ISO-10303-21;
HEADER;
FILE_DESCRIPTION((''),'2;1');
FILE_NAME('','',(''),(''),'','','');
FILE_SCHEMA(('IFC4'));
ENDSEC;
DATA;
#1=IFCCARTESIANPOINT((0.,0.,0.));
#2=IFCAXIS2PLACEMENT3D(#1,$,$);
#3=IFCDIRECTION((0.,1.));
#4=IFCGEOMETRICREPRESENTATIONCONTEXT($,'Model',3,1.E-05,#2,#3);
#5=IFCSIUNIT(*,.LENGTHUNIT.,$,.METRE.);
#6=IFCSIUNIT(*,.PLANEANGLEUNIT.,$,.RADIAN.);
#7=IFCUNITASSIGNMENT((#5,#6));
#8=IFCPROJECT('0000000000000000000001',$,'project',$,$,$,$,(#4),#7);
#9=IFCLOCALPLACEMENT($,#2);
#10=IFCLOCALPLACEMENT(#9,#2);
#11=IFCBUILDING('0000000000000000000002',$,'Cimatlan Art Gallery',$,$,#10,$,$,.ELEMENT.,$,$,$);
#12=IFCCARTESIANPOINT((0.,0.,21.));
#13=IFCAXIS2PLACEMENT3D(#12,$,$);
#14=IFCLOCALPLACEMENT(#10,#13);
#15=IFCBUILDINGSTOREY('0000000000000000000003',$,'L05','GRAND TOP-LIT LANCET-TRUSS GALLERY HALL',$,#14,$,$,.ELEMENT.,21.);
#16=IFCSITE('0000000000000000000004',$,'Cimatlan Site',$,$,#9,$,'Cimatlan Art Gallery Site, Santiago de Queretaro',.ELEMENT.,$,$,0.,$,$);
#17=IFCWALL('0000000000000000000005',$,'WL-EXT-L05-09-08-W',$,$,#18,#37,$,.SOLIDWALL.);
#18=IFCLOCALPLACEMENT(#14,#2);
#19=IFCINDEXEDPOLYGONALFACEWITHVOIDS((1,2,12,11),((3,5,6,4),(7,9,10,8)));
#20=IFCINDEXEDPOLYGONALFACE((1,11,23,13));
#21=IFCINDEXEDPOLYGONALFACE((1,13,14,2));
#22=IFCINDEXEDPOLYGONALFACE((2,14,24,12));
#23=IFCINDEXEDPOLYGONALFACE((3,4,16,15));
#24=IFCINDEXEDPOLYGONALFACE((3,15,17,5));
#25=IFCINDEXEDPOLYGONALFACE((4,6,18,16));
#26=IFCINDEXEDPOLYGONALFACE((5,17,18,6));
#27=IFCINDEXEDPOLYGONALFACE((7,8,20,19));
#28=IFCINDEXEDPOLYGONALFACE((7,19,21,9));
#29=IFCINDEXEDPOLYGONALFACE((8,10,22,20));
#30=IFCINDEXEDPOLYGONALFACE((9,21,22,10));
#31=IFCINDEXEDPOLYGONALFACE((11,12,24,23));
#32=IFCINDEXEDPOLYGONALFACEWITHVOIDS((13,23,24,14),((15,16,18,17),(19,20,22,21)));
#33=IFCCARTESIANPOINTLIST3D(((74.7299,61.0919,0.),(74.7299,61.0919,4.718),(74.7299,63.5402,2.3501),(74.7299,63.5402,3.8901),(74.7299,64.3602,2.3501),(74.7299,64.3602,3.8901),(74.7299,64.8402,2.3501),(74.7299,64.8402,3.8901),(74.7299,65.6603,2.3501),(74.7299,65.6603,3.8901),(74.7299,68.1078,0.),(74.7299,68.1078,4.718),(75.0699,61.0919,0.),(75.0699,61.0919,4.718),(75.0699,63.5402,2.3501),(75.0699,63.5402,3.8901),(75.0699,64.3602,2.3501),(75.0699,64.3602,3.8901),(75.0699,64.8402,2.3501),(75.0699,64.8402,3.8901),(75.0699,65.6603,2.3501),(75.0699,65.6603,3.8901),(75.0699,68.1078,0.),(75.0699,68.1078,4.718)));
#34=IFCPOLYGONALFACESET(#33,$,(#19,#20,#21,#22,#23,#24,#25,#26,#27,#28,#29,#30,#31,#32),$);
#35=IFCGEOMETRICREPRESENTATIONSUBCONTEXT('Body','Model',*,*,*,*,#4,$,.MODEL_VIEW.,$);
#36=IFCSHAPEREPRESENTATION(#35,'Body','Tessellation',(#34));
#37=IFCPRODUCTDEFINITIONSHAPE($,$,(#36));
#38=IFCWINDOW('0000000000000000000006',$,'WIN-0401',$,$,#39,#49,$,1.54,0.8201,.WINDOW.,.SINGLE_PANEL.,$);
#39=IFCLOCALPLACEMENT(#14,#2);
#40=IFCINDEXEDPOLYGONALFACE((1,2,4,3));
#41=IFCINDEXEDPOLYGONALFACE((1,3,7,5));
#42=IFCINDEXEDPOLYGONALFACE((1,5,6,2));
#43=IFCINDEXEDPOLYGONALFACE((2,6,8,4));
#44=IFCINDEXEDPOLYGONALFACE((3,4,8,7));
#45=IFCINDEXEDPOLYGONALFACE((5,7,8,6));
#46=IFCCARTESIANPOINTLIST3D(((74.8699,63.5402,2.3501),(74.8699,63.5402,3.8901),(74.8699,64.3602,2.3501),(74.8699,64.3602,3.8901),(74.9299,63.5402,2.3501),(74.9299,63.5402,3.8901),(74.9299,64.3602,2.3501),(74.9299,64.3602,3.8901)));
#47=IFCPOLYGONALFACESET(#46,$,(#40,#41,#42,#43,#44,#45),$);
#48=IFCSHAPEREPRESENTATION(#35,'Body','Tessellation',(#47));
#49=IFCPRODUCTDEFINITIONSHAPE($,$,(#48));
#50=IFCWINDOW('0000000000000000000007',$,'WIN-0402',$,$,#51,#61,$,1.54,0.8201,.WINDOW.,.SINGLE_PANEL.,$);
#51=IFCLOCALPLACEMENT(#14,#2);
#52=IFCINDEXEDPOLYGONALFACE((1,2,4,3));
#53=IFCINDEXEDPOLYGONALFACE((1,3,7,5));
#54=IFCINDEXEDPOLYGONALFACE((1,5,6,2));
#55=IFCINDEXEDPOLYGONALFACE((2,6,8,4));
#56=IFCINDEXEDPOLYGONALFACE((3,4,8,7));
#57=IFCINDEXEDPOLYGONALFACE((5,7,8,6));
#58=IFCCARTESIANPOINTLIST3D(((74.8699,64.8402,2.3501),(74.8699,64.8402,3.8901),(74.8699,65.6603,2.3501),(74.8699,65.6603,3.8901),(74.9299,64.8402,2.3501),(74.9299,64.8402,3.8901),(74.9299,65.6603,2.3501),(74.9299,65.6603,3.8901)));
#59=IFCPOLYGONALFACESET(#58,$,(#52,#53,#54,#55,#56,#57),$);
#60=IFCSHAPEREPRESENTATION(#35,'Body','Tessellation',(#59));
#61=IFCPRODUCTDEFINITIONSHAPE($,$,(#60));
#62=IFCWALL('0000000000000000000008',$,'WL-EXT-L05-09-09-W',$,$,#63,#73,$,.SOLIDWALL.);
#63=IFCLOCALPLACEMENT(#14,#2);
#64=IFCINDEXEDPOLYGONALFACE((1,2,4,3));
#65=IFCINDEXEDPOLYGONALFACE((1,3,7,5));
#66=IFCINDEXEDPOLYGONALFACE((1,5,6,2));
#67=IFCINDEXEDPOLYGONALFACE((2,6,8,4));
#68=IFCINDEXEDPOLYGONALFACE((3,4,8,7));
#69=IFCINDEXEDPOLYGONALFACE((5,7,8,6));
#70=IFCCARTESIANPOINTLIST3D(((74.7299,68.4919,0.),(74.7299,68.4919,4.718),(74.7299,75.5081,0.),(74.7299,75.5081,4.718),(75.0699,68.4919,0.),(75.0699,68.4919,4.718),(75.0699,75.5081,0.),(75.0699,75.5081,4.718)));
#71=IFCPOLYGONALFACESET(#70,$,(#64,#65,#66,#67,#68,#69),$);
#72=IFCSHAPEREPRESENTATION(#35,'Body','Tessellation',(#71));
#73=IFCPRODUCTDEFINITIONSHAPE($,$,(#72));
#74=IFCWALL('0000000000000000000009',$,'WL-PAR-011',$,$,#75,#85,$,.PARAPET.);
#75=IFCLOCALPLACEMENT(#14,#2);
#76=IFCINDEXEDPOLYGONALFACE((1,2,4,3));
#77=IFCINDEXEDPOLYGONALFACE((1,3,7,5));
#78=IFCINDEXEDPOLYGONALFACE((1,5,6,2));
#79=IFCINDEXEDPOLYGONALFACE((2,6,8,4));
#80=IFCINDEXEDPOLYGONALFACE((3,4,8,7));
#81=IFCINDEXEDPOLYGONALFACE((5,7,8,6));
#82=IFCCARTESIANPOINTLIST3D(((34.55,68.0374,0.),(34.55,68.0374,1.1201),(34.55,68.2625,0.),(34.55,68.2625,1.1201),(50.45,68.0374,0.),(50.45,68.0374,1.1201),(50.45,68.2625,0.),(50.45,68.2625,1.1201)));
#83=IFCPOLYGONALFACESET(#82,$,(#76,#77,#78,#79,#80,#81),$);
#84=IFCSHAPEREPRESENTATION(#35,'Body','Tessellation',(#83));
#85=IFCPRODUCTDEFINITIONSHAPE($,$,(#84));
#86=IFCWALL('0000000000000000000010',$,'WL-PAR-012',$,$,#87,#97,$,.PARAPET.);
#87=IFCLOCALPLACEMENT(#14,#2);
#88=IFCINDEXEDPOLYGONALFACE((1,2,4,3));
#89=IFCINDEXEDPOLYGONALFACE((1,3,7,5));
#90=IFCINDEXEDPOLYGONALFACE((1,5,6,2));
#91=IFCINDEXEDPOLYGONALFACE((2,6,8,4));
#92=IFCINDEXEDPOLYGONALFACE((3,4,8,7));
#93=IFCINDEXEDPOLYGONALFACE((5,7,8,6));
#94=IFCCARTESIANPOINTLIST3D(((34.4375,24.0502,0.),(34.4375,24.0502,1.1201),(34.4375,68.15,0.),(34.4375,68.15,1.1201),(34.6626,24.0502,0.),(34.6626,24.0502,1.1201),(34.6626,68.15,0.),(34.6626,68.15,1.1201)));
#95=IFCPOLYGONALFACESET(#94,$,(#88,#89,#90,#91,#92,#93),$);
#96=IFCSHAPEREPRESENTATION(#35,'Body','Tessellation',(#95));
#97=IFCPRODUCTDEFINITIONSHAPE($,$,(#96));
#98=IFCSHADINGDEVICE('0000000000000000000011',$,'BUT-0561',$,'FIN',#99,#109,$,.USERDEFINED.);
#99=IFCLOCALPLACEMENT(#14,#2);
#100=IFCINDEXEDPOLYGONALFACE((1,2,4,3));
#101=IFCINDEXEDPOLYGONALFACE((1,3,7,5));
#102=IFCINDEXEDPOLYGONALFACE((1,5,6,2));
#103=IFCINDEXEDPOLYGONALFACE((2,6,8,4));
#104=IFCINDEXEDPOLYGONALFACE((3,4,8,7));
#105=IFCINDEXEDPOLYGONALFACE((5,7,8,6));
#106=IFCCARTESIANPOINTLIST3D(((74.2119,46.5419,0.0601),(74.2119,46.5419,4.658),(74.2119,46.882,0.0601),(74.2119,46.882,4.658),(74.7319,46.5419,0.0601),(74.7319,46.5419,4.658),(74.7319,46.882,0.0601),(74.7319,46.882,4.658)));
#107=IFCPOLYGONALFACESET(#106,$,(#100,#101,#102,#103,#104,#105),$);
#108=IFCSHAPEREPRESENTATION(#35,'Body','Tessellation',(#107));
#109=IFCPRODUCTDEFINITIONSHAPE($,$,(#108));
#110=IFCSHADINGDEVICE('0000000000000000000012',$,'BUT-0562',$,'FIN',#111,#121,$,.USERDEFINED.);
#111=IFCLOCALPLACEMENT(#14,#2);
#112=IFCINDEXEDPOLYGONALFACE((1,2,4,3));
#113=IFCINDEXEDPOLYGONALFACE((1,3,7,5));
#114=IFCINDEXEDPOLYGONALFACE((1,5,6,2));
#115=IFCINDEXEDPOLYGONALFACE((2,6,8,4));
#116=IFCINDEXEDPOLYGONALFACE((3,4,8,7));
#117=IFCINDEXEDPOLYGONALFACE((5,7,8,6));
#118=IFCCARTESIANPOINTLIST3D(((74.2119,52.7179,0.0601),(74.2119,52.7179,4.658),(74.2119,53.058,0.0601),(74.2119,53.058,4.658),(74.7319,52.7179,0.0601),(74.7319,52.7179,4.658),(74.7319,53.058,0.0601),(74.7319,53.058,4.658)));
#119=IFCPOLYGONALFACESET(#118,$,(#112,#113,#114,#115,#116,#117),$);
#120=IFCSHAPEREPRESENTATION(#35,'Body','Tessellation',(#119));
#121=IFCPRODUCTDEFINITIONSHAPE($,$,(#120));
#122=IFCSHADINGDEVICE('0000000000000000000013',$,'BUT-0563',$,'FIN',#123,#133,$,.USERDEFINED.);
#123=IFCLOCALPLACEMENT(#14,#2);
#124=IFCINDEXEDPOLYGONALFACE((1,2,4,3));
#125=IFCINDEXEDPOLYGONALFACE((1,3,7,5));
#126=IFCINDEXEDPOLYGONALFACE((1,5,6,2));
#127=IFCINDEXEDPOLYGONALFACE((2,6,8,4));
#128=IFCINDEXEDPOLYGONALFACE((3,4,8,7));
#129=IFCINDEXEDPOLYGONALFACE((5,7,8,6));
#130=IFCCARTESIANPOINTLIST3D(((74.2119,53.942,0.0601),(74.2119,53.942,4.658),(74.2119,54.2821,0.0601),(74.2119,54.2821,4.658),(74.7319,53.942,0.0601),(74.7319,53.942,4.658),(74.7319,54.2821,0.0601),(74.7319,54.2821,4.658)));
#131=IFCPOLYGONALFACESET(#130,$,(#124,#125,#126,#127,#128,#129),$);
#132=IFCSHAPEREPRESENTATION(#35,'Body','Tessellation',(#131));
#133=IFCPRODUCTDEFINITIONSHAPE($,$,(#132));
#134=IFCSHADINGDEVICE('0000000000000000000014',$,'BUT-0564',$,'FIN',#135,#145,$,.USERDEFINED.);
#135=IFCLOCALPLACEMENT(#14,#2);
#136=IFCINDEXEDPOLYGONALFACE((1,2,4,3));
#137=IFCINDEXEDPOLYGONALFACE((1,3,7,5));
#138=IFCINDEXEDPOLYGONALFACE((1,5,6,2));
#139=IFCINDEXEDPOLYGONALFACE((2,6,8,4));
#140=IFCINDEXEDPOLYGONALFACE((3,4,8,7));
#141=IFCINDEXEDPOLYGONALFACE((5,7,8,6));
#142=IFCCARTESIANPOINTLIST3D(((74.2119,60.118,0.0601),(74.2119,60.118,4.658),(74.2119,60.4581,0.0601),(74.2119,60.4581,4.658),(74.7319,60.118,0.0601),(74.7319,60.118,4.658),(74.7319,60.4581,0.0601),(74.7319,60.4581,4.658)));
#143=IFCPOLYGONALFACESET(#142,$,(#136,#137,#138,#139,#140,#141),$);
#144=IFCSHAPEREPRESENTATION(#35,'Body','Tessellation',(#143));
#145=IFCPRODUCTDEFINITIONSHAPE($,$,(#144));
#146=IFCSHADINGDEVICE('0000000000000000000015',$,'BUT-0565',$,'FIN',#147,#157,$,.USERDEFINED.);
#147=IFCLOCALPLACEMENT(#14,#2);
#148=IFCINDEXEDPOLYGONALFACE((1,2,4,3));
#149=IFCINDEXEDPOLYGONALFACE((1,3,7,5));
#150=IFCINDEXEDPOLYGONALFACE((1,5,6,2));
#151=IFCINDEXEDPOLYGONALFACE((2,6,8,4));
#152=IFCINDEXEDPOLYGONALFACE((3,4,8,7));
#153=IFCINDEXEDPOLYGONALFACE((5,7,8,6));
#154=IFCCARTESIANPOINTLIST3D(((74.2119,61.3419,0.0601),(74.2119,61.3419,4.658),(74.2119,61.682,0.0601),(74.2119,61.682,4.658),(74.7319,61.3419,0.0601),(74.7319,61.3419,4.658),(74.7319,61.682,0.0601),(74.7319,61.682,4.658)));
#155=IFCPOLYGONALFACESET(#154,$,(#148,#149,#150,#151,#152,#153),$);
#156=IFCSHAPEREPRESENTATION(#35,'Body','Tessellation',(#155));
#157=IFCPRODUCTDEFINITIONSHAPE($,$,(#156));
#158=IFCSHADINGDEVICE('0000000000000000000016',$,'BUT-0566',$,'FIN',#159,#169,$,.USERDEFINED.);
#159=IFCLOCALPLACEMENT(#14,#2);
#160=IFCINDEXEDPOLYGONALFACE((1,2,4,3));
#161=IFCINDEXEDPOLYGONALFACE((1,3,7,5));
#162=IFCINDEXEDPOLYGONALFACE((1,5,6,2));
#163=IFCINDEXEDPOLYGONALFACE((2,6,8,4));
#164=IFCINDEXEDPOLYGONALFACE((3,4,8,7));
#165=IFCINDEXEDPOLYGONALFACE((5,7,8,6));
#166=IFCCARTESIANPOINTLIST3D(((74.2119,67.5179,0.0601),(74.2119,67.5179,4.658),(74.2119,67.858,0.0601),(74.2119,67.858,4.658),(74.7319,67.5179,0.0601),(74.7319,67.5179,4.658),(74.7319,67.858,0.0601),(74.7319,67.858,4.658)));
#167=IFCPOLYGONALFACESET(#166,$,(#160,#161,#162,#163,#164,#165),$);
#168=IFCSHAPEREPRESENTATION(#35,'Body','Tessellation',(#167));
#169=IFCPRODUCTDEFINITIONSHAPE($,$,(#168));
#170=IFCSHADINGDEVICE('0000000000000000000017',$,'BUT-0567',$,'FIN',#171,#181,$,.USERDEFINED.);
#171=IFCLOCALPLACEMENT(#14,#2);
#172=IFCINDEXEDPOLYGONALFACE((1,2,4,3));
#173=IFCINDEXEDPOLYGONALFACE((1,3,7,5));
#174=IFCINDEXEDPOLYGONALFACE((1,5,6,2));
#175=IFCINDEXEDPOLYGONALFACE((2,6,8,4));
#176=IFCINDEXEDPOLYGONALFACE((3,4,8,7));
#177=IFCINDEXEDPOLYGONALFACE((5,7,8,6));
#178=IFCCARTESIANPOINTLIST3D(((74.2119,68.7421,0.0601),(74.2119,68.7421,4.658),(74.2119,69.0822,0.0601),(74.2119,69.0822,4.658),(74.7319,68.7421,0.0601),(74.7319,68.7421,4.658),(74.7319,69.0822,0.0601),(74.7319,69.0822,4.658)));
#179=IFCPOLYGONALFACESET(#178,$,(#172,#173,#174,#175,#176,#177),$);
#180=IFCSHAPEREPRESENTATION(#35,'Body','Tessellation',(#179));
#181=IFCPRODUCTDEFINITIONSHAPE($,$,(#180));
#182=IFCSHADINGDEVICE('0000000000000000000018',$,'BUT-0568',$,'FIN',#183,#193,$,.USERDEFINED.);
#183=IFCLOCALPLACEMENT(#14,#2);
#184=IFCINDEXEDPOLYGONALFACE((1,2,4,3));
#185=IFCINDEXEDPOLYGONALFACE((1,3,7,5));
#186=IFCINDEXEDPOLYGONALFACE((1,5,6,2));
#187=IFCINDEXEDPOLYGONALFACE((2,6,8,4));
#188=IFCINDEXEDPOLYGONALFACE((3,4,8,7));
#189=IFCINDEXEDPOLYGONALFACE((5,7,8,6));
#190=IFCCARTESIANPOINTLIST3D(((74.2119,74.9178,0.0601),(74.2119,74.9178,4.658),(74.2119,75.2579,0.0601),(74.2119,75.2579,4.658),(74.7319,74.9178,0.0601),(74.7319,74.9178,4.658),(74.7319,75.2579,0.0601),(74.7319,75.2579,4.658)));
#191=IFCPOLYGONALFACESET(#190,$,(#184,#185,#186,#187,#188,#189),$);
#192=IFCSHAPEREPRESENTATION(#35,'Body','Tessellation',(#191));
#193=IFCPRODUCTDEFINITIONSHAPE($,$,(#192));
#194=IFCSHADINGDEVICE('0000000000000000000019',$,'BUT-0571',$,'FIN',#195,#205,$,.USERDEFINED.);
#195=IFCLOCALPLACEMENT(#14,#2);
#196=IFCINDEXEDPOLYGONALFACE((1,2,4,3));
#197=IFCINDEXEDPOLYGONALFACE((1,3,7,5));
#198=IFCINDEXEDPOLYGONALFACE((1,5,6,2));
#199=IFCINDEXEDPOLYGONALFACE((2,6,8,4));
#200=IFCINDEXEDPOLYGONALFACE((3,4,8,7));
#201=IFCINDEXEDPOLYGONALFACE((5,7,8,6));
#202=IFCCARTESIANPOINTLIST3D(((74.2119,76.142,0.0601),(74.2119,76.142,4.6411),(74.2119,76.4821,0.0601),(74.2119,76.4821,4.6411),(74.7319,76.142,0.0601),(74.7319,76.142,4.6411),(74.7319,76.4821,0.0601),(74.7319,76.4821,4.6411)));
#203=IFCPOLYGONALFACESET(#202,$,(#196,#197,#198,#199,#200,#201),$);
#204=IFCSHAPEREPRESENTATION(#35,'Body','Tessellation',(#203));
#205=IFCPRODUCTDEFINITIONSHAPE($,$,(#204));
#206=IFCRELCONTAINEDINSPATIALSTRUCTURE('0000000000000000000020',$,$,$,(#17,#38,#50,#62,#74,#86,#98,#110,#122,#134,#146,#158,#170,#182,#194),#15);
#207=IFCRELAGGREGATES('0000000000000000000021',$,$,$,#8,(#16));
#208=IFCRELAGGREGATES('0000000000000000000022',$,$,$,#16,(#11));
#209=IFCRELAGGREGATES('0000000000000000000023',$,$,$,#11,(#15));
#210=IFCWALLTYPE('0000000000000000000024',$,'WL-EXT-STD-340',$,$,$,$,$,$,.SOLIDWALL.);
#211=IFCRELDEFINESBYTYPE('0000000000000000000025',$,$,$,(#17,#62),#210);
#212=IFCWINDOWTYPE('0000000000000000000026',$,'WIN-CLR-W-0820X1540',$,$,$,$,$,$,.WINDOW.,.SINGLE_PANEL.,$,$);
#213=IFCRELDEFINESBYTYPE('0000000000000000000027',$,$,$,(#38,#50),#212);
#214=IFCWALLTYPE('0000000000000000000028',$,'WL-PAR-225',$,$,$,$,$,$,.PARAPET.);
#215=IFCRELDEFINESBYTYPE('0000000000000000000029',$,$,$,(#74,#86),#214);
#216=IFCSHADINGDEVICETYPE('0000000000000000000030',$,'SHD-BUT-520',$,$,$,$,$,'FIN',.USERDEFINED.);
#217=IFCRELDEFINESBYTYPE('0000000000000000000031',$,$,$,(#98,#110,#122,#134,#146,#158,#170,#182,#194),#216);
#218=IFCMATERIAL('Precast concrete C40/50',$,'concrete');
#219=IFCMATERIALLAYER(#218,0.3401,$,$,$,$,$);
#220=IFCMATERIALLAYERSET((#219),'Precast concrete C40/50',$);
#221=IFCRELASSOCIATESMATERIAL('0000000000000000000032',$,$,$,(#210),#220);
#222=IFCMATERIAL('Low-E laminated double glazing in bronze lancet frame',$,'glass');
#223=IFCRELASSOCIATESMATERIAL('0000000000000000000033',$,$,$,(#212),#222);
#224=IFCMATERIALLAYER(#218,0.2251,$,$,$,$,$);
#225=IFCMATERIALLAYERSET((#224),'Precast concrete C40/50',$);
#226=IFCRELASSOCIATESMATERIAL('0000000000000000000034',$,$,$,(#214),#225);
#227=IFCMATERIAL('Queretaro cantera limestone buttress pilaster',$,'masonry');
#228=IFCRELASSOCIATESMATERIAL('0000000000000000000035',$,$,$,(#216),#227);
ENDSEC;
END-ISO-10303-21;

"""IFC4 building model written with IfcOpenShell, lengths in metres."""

from ifc_helpers import new_model, si_unit, direction, frame, frame_2d, origin, origin_2d, place, context, subcontext, project, spatial, rectangle, extrude, material, layer, layer_set, type_object, element, fill, save


model = new_model("IFC4")

# Units and contexts
model_context = context("Model", 3, precision=1e-05, world=origin(), true_north=direction((0.0, 1.0)))
body_context = subcontext(model_context, "Body", "Model", "MODEL_VIEW")
ifc_project = project(units=[si_unit("LENGTHUNIT", "METRE"), si_unit("PLANEANGLEUNIT", "RADIAN")], contexts=[model_context])

# Site, building, storey
site_placement = place(None, origin())
site = spatial("IfcSite", under=ifc_project, at=site_placement, Name="Cimatlan Site", LongName="Cimatlan Art Gallery Site, Santiago de Queretaro", CompositionType="ELEMENT", RefElevation=0.0)
building_placement = place(site_placement, origin())
building = spatial("IfcBuilding", under=site, at=building_placement, Name="Cimatlan Art Gallery", CompositionType="ELEMENT")
storey_placement = place(building_placement, frame((0.0, 0.0, 21.0)))
storey = spatial("IfcBuildingStorey", under=building, at=storey_placement, Name="L05", Description="GRAND TOP-LIT LANCET-TRUSS GALLERY HALL", CompositionType="ELEMENT", Elevation=21.0)

# Shared definitions
ifc_material_1 = material(Name="Precast concrete C40/50", Category="concrete")
ifc_layer_1 = layer(ifc_material_1, 0.3401)
ifc_layer_set_1 = layer_set([ifc_layer_1], Name="Precast concrete C40/50")
wall_type_1 = type_object("IfcWallType", Name="WL-EXT-STD-340", PredefinedType="SOLIDWALL", material=ifc_layer_set_1)

# Wall, openings, windows
wall_1_placement = place(storey_placement, frame((74.8999, 61.092, 0.0), z_axis=(0.0, 0.0, 1.0), x_axis=(0.0, 1.0, 0.0)))
wall_1 = element("IfcWall", 1, at=wall_1_placement, inside=storey, type_object=wall_type_1, Name="WL-EXT-L05-09-08-W", PredefinedType="SOLIDWALL", context=body_context, shape_type="SweptSolid", body=[
    extrude(rectangle(XDim=7.0159, YDim=0.3401, at=frame_2d((3.5078, 0.0))), origin(), (0.0, 0.0, 1.0), 4.718),
])
opening_1_placement = place(wall_1_placement, frame((2.448, 0.0, 2.3501)))
opening_1 = element("IfcOpeningElement", 2, at=opening_1_placement, cuts=wall_1, PredefinedType="OPENING", context=body_context, shape_type="SweptSolid", body=[
    extrude(rectangle(XDim=0.8201, YDim=1.54, at=frame_2d((0.4102, 0.77))), frame((0.0, 0.1802, 0.0), z_axis=(0.0, -1.0, 0.0), x_axis=(1.0, 0.0, 0.0)), (0.0, 0.0, 1.0), 0.3601),
])
opening_2_placement = place(wall_1_placement, frame((3.748, 0.0, 2.3501)))
opening_2 = element("IfcOpeningElement", 3, at=opening_2_placement, cuts=wall_1, PredefinedType="OPENING", context=body_context, shape_type="SweptSolid", body=[
    extrude(rectangle(XDim=0.8201, YDim=1.54, at=frame_2d((0.4102, 0.77))), frame((0.0, 0.1802, 0.0), z_axis=(0.0, -1.0, 0.0), x_axis=(1.0, 0.0, 0.0)), (0.0, 0.0, 1.0), 0.3601),
])
ifc_material_2 = material(Name="Low-E laminated double glazing in bronze lancet frame", Category="glass")
window_type = type_object("IfcWindowType", Name="WIN-CLR-W-0820X1540", PartitioningType="SINGLE_PANEL", PredefinedType="WINDOW", material=ifc_material_2)
window_1_placement = place(opening_1_placement, origin())
window_1 = element("IfcWindow", 4, at=window_1_placement, inside=storey, type_object=window_type, Name="WIN-0401", OverallHeight=1.54, OverallWidth=0.8201, PartitioningType="SINGLE_PANEL", PredefinedType="WINDOW", context=body_context, shape_type="SweptSolid", body=[
    extrude(rectangle(XDim=0.8201, YDim=1.54, at=frame_2d((0.4102, 0.77))), frame((0.0, 0.03, 0.0), z_axis=(0.0, -1.0, 0.0), x_axis=(1.0, 0.0, 0.0)), (0.0, 0.0, 1.0), 0.0601),
])
fill(opening_1, window_1)
window_2_placement = place(opening_2_placement, origin())
window_2 = element("IfcWindow", 5, at=window_2_placement, inside=storey, type_object=window_type, Name="WIN-0402", OverallHeight=1.54, OverallWidth=0.8201, PartitioningType="SINGLE_PANEL", PredefinedType="WINDOW", context=body_context, shape_type="SweptSolid", body=[
    extrude(rectangle(XDim=0.8201, YDim=1.54, at=frame_2d((0.4102, 0.77))), frame((0.0, 0.03, 0.0), z_axis=(0.0, -1.0, 0.0), x_axis=(1.0, 0.0, 0.0)), (0.0, 0.0, 1.0), 0.0601),
])
fill(opening_2, window_2)

# Walls
wall_2_placement = place(storey_placement, frame((74.8999, 68.4919, 0.0), z_axis=(0.0, 0.0, 1.0), x_axis=(0.0, 1.0, 0.0)))
element("IfcWall", 6, at=wall_2_placement, inside=storey, type_object=wall_type_1, Name="WL-EXT-L05-09-09-W", PredefinedType="SOLIDWALL", context=body_context, shape_type="SweptSolid", body=[
    extrude(rectangle(XDim=7.0161, YDim=0.3401, at=frame_2d((3.5081, 0.0))), origin(), (0.0, 0.0, 1.0), 4.718),
])
ifc_layer_2 = layer(ifc_material_1, 0.2251)
ifc_layer_set_2 = layer_set([ifc_layer_2], Name="Precast concrete C40/50")
wall_type_2 = type_object("IfcWallType", Name="WL-PAR-225", PredefinedType="PARAPET", material=ifc_layer_set_2)
wall_3_placement = place(storey_placement, frame((50.45, 68.1499, 0.0), z_axis=(0.0, 0.0, 1.0), x_axis=(-1.0, 0.0, 0.0)))
element("IfcWall", 7, at=wall_3_placement, inside=storey, type_object=wall_type_2, Name="WL-PAR-011", PredefinedType="PARAPET", context=body_context, shape_type="SweptSolid", body=[
    extrude(rectangle(XDim=15.8999, YDim=0.2251, at=frame_2d((7.95, 0.0))), origin(), (0.0, 0.0, 1.0), 1.1201),
])
wall_4_placement = place(storey_placement, frame((34.55, 68.1499, 0.0), z_axis=(0.0, 0.0, 1.0), x_axis=(0.0, -1.0, 0.0)))
element("IfcWall", 8, at=wall_4_placement, inside=storey, type_object=wall_type_2, Name="WL-PAR-012", PredefinedType="PARAPET", context=body_context, shape_type="SweptSolid", body=[
    extrude(rectangle(XDim=44.0999, YDim=0.2251, at=frame_2d((22.0498, 0.0))), origin(), (0.0, 0.0, 1.0), 1.1201),
])

# Shading devices
ifc_material_3 = material(Name="Queretaro cantera limestone buttress pilaster", Category="masonry")
shading_device_type = type_object("IfcShadingDeviceType", Name="SHD-BUT-520", ElementType="FIN", PredefinedType="USERDEFINED", material=ifc_material_3)
for number, where, z_axis, x_axis, name in (
    (9, (74.4719, 46.7119, 0.0601), (0.0, 0.0, 1.0), (0.0, 1.0, 0.0), "BUT-0561"),
    (10, (74.4719, 52.8879, 0.0601), (0.0, 0.0, 1.0), (0.0, 1.0, 0.0), "BUT-0562"),
    (11, (74.4719, 54.1121, 0.0601), (0.0, 0.0, 1.0), (0.0, 1.0, 0.0), "BUT-0563"),
    (12, (74.4719, 60.2881, 0.0601), (0.0, 0.0, 1.0), (0.0, 1.0, 0.0), "BUT-0564"),
    (13, (74.4719, 61.512, 0.0601), (0.0, 0.0, 1.0), (0.0, 1.0, 0.0), "BUT-0565"),
    (14, (74.4719, 67.688, 0.0601), (0.0, 0.0, 1.0), (0.0, 1.0, 0.0), "BUT-0566"),
    (15, (74.4719, 68.9121, 0.0601), (0.0, 0.0, 1.0), (0.0, 1.0, 0.0), "BUT-0567"),
    (16, (74.4719, 75.0879, 0.0601), (0.0, 0.0, 1.0), (0.0, 1.0, 0.0), "BUT-0568"),
):
    element("IfcShadingDevice", number, at=place(storey_placement, frame(where, z_axis=z_axis, x_axis=x_axis)), inside=storey, type_object=shading_device_type, Name=name, ObjectType="FIN", PredefinedType="USERDEFINED", context=body_context, shape_type="SweptSolid", body=[
        extrude(rectangle(XDim=0.3401, YDim=0.52, at=origin_2d()), origin(), (0.0, 0.0, 1.0), 4.5979),
    ])
for number, where, z_axis, x_axis, name in (
    (17, (74.4719, 76.312, 0.0601), (0.0, 0.0, 1.0), (0.0, 1.0, 0.0), "BUT-0571"),
):
    element("IfcShadingDevice", number, at=place(storey_placement, frame(where, z_axis=z_axis, x_axis=x_axis)), inside=storey, type_object=shading_device_type, Name=name, ObjectType="FIN", PredefinedType="USERDEFINED", context=body_context, shape_type="SweptSolid", body=[
        extrude(rectangle(XDim=0.3401, YDim=0.52, at=origin_2d()), origin(), (0.0, 0.0, 1.0), 4.5811),
    ])

save(model, "model.ifc")
